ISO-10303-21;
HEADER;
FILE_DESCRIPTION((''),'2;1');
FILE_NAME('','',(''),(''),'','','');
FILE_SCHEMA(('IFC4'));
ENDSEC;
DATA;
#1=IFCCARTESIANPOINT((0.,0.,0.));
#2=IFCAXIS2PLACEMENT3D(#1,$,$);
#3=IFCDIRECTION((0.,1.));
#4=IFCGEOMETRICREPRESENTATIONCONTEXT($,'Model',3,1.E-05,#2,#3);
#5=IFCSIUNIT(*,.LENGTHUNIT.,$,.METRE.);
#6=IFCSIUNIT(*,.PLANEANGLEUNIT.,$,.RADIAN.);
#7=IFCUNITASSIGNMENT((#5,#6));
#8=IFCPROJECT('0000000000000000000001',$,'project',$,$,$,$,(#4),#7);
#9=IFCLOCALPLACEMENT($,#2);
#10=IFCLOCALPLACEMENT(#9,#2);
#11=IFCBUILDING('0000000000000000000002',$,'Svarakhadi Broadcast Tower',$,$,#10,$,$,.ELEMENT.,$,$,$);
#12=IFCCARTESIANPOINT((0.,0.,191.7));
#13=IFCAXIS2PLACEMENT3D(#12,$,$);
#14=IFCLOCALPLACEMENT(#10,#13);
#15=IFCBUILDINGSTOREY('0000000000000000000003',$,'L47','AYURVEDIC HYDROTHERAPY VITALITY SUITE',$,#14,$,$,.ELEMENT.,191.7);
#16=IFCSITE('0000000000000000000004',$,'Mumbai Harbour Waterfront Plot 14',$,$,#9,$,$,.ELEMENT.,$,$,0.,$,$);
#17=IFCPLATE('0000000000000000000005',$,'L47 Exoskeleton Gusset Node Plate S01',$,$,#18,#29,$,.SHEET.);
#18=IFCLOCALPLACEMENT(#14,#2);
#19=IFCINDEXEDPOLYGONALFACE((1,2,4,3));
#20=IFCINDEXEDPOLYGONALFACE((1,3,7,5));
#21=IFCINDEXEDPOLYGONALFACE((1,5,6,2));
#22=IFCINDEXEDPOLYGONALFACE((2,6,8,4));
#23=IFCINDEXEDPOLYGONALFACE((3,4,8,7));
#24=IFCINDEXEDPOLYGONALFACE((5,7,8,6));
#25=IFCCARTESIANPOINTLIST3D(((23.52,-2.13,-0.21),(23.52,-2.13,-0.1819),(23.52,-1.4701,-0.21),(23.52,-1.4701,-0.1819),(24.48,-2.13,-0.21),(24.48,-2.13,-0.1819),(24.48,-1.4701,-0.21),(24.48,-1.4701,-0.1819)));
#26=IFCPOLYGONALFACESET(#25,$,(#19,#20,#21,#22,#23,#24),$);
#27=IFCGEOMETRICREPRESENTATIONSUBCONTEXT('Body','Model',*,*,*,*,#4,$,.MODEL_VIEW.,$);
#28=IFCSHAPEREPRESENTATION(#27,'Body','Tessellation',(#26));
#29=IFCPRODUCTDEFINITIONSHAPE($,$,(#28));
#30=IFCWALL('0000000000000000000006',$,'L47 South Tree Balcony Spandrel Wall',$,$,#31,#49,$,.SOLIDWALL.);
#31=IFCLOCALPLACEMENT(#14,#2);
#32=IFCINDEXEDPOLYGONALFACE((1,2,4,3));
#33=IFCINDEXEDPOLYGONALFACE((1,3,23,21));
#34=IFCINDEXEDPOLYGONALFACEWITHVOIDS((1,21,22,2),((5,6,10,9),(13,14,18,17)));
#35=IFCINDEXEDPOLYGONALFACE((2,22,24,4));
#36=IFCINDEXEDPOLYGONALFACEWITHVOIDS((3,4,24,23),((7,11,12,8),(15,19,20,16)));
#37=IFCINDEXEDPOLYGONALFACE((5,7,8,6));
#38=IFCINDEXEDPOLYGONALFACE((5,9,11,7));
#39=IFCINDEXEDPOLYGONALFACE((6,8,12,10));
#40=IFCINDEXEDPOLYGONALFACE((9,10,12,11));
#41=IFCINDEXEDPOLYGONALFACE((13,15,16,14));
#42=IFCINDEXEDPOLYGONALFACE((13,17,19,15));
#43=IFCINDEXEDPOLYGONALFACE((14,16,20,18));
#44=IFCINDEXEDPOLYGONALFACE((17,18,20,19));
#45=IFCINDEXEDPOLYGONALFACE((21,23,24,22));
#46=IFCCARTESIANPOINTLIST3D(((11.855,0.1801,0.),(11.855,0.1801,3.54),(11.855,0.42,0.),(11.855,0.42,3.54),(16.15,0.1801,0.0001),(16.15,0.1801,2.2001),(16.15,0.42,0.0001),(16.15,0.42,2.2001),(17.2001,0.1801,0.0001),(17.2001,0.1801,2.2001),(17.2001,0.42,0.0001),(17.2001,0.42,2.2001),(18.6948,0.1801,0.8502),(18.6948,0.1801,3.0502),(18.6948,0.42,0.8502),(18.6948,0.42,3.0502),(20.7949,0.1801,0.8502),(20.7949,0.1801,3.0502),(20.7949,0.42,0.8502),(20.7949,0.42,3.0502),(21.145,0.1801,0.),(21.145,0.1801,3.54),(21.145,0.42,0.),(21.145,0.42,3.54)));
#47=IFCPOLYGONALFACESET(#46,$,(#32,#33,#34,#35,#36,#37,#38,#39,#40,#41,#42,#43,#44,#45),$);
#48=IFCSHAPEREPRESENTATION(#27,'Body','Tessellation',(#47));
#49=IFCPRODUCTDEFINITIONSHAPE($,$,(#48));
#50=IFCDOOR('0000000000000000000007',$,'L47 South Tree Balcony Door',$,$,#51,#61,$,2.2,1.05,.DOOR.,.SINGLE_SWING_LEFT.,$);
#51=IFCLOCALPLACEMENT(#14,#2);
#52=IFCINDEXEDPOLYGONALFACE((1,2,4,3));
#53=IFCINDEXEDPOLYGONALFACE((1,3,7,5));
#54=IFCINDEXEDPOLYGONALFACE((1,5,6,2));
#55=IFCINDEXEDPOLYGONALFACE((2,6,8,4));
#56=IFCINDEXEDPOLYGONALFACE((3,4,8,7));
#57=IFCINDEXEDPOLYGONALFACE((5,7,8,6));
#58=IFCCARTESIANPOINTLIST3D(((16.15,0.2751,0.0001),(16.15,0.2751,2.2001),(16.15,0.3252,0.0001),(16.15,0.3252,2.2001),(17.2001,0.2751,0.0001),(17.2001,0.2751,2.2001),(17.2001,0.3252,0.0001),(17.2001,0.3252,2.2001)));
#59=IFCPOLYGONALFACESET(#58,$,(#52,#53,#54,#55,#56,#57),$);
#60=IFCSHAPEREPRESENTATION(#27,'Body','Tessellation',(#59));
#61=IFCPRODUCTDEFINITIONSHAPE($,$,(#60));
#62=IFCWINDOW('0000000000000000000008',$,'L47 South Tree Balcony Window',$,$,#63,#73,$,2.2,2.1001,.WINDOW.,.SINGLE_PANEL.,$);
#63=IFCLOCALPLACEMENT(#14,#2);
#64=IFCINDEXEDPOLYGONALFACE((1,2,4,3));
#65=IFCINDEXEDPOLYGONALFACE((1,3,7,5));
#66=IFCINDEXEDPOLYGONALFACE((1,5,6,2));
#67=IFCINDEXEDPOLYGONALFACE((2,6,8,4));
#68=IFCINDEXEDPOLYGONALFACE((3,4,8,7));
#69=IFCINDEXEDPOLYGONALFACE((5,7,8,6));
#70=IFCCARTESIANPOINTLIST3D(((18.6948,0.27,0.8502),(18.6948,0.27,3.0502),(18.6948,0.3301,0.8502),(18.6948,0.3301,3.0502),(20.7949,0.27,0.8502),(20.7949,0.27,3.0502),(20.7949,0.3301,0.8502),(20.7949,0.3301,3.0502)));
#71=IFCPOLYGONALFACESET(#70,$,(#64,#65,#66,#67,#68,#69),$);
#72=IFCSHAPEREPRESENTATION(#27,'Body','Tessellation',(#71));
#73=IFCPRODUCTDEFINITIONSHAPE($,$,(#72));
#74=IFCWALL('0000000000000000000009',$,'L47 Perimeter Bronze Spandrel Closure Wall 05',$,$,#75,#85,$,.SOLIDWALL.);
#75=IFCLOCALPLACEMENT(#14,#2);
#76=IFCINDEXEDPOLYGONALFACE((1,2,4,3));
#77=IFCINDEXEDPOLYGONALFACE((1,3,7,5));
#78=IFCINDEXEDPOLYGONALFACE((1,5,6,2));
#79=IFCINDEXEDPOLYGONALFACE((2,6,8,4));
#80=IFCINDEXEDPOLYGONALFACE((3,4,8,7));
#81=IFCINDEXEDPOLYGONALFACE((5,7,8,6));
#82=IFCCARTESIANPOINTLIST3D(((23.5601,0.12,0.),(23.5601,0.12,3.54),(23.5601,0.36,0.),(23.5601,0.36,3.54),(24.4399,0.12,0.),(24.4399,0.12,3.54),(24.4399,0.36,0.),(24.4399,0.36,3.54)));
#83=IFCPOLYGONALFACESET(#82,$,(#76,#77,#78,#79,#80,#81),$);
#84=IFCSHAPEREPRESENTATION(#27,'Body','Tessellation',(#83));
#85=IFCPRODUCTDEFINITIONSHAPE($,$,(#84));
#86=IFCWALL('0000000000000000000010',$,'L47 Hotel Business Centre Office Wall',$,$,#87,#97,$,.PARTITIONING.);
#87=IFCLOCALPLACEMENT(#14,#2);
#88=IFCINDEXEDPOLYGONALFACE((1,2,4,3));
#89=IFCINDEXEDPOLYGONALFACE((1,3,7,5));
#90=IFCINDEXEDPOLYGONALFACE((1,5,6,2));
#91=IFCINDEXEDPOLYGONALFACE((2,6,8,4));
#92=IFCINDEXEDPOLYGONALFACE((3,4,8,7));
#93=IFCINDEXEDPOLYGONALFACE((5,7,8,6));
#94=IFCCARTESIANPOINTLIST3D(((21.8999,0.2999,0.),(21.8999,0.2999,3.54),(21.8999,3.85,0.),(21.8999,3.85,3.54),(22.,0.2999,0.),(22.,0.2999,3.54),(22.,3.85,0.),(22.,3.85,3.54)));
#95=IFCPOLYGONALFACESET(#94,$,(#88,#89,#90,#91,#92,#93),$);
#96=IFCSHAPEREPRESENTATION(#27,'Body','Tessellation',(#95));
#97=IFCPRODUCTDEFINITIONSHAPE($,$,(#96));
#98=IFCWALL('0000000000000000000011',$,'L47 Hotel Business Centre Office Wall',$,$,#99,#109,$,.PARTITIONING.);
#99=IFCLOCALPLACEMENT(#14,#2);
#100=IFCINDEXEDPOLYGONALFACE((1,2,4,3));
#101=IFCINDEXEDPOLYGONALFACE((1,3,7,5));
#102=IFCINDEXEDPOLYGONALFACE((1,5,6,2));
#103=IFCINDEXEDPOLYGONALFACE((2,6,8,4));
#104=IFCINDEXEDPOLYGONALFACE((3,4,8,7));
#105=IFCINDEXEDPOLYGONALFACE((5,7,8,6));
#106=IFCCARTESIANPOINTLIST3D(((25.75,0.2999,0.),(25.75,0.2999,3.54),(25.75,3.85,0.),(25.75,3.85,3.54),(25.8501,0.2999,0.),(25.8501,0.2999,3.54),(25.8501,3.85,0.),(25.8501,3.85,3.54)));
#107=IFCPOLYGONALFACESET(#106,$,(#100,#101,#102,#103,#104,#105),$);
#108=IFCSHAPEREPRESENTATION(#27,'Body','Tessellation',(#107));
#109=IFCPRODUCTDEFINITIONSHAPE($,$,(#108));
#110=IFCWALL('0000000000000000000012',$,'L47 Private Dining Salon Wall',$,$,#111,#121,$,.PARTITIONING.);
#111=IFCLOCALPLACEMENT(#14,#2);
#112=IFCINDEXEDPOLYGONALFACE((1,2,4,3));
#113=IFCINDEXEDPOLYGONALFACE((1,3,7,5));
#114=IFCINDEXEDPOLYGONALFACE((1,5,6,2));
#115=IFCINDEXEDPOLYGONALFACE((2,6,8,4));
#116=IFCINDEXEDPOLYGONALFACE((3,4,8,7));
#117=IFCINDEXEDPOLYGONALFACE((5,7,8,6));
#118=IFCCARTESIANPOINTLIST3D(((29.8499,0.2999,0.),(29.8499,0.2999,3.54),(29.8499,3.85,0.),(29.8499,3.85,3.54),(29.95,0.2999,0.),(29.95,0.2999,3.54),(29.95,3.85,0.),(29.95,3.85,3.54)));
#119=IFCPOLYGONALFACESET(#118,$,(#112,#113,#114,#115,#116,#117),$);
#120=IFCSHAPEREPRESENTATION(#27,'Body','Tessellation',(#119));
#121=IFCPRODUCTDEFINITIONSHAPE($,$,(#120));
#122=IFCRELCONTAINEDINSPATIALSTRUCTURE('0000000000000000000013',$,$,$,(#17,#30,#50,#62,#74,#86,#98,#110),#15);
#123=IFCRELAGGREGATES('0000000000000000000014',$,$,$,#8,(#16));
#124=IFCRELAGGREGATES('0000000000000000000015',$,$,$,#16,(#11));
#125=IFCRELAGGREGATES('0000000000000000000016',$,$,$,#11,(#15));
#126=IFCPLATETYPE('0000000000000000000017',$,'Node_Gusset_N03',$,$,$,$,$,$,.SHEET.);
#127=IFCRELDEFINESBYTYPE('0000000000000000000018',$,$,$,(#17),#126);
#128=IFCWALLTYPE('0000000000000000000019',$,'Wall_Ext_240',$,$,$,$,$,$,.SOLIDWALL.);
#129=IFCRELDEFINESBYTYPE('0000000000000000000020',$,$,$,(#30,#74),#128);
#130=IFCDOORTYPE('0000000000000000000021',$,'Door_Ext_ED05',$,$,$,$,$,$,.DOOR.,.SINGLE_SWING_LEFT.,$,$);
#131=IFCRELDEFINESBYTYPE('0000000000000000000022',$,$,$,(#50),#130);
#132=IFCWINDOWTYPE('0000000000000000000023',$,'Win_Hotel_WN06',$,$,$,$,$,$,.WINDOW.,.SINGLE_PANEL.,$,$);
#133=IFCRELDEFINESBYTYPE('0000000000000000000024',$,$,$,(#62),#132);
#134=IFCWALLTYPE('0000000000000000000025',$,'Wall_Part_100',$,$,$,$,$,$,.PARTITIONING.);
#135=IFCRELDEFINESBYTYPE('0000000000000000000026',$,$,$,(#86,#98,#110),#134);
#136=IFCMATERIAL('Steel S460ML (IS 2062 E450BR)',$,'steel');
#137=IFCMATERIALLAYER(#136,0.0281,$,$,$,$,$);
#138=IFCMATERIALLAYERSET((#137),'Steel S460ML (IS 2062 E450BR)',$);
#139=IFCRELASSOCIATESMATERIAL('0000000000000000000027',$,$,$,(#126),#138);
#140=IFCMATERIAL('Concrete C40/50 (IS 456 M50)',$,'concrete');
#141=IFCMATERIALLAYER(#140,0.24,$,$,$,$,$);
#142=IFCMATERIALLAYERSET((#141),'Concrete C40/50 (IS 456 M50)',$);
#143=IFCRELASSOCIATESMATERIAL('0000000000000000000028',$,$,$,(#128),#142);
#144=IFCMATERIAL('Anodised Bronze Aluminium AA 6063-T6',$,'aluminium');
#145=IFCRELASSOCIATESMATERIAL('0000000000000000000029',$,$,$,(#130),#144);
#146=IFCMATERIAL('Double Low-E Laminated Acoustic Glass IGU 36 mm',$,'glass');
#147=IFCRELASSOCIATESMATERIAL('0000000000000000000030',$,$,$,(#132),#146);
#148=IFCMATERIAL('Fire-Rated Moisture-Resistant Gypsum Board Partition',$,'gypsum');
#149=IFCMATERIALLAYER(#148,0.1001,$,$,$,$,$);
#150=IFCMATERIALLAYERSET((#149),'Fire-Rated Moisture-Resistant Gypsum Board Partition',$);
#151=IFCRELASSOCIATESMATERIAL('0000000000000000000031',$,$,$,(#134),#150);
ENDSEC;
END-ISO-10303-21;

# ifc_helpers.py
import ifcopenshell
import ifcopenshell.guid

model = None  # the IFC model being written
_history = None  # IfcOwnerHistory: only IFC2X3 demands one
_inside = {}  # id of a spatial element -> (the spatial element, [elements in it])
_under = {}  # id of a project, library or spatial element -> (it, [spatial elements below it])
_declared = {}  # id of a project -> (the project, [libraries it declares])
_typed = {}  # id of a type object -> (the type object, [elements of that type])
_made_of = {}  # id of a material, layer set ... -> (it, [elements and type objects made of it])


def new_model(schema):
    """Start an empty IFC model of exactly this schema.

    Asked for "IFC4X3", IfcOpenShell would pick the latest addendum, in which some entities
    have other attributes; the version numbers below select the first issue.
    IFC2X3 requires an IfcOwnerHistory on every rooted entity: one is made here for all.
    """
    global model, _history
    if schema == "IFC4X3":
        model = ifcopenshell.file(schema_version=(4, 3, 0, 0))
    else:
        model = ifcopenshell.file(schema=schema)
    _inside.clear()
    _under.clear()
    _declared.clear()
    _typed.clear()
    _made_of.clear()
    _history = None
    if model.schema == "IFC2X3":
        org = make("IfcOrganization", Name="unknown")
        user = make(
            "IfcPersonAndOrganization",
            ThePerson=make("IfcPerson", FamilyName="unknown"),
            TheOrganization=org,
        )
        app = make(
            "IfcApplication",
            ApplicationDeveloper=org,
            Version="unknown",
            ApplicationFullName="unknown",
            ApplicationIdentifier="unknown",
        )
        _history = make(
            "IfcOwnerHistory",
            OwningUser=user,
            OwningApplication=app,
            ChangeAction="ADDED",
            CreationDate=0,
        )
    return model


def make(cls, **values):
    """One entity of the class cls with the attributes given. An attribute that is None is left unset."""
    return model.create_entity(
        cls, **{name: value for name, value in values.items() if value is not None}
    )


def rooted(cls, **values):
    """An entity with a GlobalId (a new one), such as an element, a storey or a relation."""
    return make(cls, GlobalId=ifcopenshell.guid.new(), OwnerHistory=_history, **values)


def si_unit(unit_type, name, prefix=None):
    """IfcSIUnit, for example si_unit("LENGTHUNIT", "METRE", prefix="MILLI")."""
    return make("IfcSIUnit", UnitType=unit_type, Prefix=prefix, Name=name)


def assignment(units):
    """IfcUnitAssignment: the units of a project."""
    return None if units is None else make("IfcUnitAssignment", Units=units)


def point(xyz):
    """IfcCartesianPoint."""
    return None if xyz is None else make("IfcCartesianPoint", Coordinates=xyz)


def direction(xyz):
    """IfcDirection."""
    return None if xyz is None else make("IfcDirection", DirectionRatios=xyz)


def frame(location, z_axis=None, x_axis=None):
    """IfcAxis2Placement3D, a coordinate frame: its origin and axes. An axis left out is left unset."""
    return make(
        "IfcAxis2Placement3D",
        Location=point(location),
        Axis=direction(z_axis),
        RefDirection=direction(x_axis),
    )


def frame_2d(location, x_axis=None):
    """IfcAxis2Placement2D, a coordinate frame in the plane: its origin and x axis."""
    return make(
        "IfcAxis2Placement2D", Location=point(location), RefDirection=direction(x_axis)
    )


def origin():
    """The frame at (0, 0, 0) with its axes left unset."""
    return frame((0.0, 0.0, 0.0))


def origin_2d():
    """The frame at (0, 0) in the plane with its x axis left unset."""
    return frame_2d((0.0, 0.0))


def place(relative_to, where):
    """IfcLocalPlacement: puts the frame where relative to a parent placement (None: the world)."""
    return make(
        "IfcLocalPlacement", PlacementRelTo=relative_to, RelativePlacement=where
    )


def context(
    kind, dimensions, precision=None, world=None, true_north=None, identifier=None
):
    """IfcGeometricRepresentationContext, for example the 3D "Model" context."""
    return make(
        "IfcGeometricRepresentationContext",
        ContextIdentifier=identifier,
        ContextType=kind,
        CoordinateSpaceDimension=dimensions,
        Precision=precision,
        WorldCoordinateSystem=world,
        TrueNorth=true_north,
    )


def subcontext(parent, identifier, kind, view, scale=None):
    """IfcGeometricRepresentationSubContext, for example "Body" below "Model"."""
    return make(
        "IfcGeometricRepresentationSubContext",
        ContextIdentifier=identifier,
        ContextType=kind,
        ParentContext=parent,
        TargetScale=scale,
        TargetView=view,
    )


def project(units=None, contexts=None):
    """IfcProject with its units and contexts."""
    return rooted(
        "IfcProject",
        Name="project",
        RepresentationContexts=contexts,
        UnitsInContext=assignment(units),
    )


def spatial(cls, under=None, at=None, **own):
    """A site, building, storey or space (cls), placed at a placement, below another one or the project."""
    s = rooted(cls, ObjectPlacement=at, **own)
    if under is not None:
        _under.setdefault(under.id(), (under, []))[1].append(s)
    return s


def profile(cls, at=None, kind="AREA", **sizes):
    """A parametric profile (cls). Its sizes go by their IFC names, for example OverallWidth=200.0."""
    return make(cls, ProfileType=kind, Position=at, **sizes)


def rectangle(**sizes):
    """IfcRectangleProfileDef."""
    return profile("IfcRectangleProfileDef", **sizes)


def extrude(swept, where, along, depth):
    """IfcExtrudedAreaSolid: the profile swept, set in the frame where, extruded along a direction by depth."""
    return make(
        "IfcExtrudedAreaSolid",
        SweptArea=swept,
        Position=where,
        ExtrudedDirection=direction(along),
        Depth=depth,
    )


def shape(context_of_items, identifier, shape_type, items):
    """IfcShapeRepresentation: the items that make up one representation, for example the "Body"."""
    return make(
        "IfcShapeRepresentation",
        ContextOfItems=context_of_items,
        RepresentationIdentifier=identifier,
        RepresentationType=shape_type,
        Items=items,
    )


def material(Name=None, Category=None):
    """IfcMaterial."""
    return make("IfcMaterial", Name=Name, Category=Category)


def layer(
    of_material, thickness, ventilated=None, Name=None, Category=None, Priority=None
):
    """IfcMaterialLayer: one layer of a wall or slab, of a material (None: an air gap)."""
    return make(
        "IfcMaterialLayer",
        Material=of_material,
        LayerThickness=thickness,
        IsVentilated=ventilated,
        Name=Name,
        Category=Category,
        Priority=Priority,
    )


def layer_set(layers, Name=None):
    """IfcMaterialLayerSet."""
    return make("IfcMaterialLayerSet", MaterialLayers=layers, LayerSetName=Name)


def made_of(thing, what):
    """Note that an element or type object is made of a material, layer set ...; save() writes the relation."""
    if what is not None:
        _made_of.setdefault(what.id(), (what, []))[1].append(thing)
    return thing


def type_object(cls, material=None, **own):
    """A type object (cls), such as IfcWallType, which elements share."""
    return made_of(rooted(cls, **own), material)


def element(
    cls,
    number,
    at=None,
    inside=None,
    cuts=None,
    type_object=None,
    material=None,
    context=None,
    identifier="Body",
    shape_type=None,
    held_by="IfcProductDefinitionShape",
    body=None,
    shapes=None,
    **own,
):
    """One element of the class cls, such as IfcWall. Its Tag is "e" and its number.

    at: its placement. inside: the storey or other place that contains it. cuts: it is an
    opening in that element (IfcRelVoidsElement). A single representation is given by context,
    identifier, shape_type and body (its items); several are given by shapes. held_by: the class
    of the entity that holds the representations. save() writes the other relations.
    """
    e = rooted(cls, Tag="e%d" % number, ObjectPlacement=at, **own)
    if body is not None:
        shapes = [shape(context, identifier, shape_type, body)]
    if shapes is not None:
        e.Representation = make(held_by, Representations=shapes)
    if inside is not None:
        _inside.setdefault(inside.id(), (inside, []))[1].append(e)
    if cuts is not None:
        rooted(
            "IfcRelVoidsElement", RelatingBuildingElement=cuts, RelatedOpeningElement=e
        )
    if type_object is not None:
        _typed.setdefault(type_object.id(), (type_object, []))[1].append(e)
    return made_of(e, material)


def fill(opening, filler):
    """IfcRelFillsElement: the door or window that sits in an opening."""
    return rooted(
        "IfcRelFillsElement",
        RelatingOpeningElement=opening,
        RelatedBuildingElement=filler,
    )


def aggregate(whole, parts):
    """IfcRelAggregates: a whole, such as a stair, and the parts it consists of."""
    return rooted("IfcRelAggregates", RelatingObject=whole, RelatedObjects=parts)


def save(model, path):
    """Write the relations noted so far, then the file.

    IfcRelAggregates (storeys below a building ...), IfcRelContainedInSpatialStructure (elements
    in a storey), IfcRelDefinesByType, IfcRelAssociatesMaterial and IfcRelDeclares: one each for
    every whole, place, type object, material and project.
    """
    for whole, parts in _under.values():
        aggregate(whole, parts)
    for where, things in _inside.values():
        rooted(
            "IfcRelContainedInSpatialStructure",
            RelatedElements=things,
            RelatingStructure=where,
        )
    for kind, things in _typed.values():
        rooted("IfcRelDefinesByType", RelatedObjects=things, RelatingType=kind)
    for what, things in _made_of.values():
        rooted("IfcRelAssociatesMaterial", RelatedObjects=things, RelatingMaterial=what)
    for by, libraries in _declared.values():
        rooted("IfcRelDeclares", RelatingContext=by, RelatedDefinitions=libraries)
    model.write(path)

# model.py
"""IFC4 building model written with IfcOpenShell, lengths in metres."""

from ifc_helpers import new_model, si_unit, direction, frame, frame_2d, origin, origin_2d, place, context, subcontext, project, spatial, rectangle, extrude, material, layer, layer_set, type_object, element, fill, save


model = new_model("IFC4")

# Units and contexts
model_context = context("Model", 3, precision=1e-05, world=origin(), true_north=direction((0.0, 1.0)))
body_context = subcontext(model_context, "Body", "Model", "MODEL_VIEW")
ifc_project = project(units=[si_unit("LENGTHUNIT", "METRE"), si_unit("PLANEANGLEUNIT", "RADIAN")], contexts=[model_context])

# Site, building, storey
site_placement = place(None, origin())
site = spatial("IfcSite", under=ifc_project, at=site_placement, Name="Mumbai Harbour Waterfront Plot 14", CompositionType="ELEMENT", RefElevation=0.0)
building_placement = place(site_placement, origin())
building = spatial("IfcBuilding", under=site, at=building_placement, Name="Svarakhadi Broadcast Tower", CompositionType="ELEMENT")
storey_placement = place(building_placement, frame((0.0, 0.0, 191.7)))
storey = spatial("IfcBuildingStorey", under=building, at=storey_placement, Name="L47", Description="AYURVEDIC HYDROTHERAPY VITALITY SUITE", CompositionType="ELEMENT", Elevation=191.7)

# Shared definitions
ifc_material_1 = material(Name="Anodised Bronze Aluminium AA 6063-T6", Category="aluminium")

# Shared definitions
ifc_material_2 = material(Name="Steel S460ML (IS 2062 E450BR)", Category="steel")

# Shared definitions
ifc_material_3 = material(Name="Double Low-E Laminated Acoustic Glass IGU 36 mm", Category="glass")

# Plate
ifc_layer_1 = layer(ifc_material_2, 0.0281)
ifc_layer_set_1 = layer_set([ifc_layer_1], Name="Steel S460ML (IS 2062 E450BR)")
plate_type_1 = type_object("IfcPlateType", Name="Node_Gusset_N03", PredefinedType="SHEET", material=ifc_layer_set_1)
plate_1_placement = place(storey_placement, frame((24.0, -1.8, -0.21), z_axis=(0.0, 0.0, 1.0), x_axis=(1.0, 0.0, 0.0)))
element("IfcPlate", 1, at=plate_1_placement, inside=storey, type_object=plate_type_1, Name="L47 Exoskeleton Gusset Node Plate S01", PredefinedType="SHEET", context=body_context, shape_type="SweptSolid", body=[
    extrude(rectangle(XDim=0.96, YDim=0.6599, at=origin_2d()), origin(), (0.0, 0.0, 1.0), 0.0281),
])

# Wall, openings, door, window
ifc_material_4 = material(Name="Concrete C40/50 (IS 456 M50)", Category="concrete")
ifc_layer_2 = layer(ifc_material_4, 0.24)
ifc_layer_set_2 = layer_set([ifc_layer_2], Name="Concrete C40/50 (IS 456 M50)")
wall_type_1 = type_object("IfcWallType", Name="Wall_Ext_240", PredefinedType="SOLIDWALL", material=ifc_layer_set_2)
wall_1_placement = place(storey_placement, frame((21.145, 0.3, 0.0), z_axis=(0.0, 0.0, 1.0), x_axis=(-1.0, 0.0, 0.0)))
wall_1 = element("IfcWall", 2, at=wall_1_placement, inside=storey, type_object=wall_type_1, Name="L47 South Tree Balcony Spandrel Wall", PredefinedType="SOLIDWALL", context=body_context, shape_type="SweptSolid", body=[
    extrude(rectangle(XDim=9.29, YDim=0.24, at=frame_2d((4.645, 0.0))), origin(), (0.0, 0.0, 1.0), 3.54),
])
opening_1_placement = place(wall_1_placement, frame((3.9451, 0.0, 0.0)))
opening_1 = element("IfcOpeningElement", 3, at=opening_1_placement, cuts=wall_1, PredefinedType="OPENING", context=body_context, shape_type="SweptSolid", body=[
    extrude(rectangle(XDim=1.05, YDim=2.2, at=frame_2d((0.5249, 1.1001))), frame((0.0, 0.1299, 0.0), z_axis=(0.0, -1.0, 0.0), x_axis=(1.0, 0.0, 0.0)), (0.0, 0.0, 1.0), 0.26),
])
opening_2_placement = place(wall_1_placement, frame((0.3501, 0.0, 0.8501)))
opening_2 = element("IfcOpeningElement", 4, at=opening_2_placement, cuts=wall_1, PredefinedType="OPENING", context=body_context, shape_type="SweptSolid", body=[
    extrude(rectangle(XDim=2.1001, YDim=2.2, at=frame_2d((1.05, 1.1001))), frame((0.0, 0.1299, 0.0), z_axis=(0.0, -1.0, 0.0), x_axis=(1.0, 0.0, 0.0)), (0.0, 0.0, 1.0), 0.26),
])
door_type = type_object("IfcDoorType", Name="Door_Ext_ED05", OperationType="SINGLE_SWING_LEFT", PredefinedType="DOOR", material=ifc_material_1)
door_placement = place(opening_1_placement, origin())
door = element("IfcDoor", 5, at=door_placement, inside=storey, type_object=door_type, Name="L47 South Tree Balcony Door", OperationType="SINGLE_SWING_LEFT", OverallHeight=2.2, OverallWidth=1.05, PredefinedType="DOOR", context=body_context, shape_type="SweptSolid", body=[
    extrude(rectangle(XDim=1.05, YDim=2.2, at=frame_2d((0.5249, 1.1001))), frame((0.0, 0.0249, 0.0), z_axis=(0.0, -1.0, 0.0), x_axis=(1.0, 0.0, 0.0)), (0.0, 0.0, 1.0), 0.05),
])
fill(opening_1, door)
window_type = type_object("IfcWindowType", Name="Win_Hotel_WN06", PartitioningType="SINGLE_PANEL", PredefinedType="WINDOW", material=ifc_material_3)
window_placement = place(opening_2_placement, origin())
window = element("IfcWindow", 6, at=window_placement, inside=storey, type_object=window_type, Name="L47 South Tree Balcony Window", OverallHeight=2.2, OverallWidth=2.1001, PartitioningType="SINGLE_PANEL", PredefinedType="WINDOW", context=body_context, shape_type="SweptSolid", body=[
    extrude(rectangle(XDim=2.1001, YDim=2.2, at=frame_2d((1.05, 1.1001))), frame((0.0, 0.03, 0.0), z_axis=(0.0, -1.0, 0.0), x_axis=(1.0, 0.0, 0.0)), (0.0, 0.0, 1.0), 0.0601),
])
fill(opening_2, window)

# Walls
wall_2_placement = place(storey_placement, frame((24.4399, 0.24, 0.0), z_axis=(0.0, 0.0, 1.0), x_axis=(-1.0, 0.0, 0.0)))
element("IfcWall", 7, at=wall_2_placement, inside=storey, type_object=wall_type_1, Name="L47 Perimeter Bronze Spandrel Closure Wall 05", PredefinedType="SOLIDWALL", context=body_context, shape_type="SweptSolid", body=[
    extrude(rectangle(XDim=0.8799, YDim=0.24, at=frame_2d((0.4399, 0.0))), origin(), (0.0, 0.0, 1.0), 3.54),
])
ifc_material_5 = material(Name="Fire-Rated Moisture-Resistant Gypsum Board Partition", Category="gypsum")
ifc_layer_3 = layer(ifc_material_5, 0.1001)
ifc_layer_set_3 = layer_set([ifc_layer_3], Name="Fire-Rated Moisture-Resistant Gypsum Board Partition")
wall_type_2 = type_object("IfcWallType", Name="Wall_Part_100", PredefinedType="PARTITIONING", material=ifc_layer_set_3)
for number, where, z_axis, x_axis, name in (
    (8, (21.95, 0.3, 0.0), (0.0, 0.0, 1.0), (0.0, 1.0, 0.0), "L47 Hotel Business Centre Office Wall"),
    (9, (25.8, 0.3, 0.0), (0.0, 0.0, 1.0), (0.0, 1.0, 0.0), "L47 Hotel Business Centre Office Wall"),
    (10, (29.8999, 0.3, 0.0), (0.0, 0.0, 1.0), (0.0, 1.0, 0.0), "L47 Private Dining Salon Wall"),
):
    element("IfcWall", number, at=place(storey_placement, frame(where, z_axis=z_axis, x_axis=x_axis)), inside=storey, type_object=wall_type_2, Name=name, PredefinedType="PARTITIONING", context=body_context, shape_type="SweptSolid", body=[
        extrude(rectangle(XDim=3.55, YDim=0.1001, at=frame_2d((1.7749, 0.0))), origin(), (0.0, 0.0, 1.0), 3.54),
    ])

save(model, "model.ifc")
